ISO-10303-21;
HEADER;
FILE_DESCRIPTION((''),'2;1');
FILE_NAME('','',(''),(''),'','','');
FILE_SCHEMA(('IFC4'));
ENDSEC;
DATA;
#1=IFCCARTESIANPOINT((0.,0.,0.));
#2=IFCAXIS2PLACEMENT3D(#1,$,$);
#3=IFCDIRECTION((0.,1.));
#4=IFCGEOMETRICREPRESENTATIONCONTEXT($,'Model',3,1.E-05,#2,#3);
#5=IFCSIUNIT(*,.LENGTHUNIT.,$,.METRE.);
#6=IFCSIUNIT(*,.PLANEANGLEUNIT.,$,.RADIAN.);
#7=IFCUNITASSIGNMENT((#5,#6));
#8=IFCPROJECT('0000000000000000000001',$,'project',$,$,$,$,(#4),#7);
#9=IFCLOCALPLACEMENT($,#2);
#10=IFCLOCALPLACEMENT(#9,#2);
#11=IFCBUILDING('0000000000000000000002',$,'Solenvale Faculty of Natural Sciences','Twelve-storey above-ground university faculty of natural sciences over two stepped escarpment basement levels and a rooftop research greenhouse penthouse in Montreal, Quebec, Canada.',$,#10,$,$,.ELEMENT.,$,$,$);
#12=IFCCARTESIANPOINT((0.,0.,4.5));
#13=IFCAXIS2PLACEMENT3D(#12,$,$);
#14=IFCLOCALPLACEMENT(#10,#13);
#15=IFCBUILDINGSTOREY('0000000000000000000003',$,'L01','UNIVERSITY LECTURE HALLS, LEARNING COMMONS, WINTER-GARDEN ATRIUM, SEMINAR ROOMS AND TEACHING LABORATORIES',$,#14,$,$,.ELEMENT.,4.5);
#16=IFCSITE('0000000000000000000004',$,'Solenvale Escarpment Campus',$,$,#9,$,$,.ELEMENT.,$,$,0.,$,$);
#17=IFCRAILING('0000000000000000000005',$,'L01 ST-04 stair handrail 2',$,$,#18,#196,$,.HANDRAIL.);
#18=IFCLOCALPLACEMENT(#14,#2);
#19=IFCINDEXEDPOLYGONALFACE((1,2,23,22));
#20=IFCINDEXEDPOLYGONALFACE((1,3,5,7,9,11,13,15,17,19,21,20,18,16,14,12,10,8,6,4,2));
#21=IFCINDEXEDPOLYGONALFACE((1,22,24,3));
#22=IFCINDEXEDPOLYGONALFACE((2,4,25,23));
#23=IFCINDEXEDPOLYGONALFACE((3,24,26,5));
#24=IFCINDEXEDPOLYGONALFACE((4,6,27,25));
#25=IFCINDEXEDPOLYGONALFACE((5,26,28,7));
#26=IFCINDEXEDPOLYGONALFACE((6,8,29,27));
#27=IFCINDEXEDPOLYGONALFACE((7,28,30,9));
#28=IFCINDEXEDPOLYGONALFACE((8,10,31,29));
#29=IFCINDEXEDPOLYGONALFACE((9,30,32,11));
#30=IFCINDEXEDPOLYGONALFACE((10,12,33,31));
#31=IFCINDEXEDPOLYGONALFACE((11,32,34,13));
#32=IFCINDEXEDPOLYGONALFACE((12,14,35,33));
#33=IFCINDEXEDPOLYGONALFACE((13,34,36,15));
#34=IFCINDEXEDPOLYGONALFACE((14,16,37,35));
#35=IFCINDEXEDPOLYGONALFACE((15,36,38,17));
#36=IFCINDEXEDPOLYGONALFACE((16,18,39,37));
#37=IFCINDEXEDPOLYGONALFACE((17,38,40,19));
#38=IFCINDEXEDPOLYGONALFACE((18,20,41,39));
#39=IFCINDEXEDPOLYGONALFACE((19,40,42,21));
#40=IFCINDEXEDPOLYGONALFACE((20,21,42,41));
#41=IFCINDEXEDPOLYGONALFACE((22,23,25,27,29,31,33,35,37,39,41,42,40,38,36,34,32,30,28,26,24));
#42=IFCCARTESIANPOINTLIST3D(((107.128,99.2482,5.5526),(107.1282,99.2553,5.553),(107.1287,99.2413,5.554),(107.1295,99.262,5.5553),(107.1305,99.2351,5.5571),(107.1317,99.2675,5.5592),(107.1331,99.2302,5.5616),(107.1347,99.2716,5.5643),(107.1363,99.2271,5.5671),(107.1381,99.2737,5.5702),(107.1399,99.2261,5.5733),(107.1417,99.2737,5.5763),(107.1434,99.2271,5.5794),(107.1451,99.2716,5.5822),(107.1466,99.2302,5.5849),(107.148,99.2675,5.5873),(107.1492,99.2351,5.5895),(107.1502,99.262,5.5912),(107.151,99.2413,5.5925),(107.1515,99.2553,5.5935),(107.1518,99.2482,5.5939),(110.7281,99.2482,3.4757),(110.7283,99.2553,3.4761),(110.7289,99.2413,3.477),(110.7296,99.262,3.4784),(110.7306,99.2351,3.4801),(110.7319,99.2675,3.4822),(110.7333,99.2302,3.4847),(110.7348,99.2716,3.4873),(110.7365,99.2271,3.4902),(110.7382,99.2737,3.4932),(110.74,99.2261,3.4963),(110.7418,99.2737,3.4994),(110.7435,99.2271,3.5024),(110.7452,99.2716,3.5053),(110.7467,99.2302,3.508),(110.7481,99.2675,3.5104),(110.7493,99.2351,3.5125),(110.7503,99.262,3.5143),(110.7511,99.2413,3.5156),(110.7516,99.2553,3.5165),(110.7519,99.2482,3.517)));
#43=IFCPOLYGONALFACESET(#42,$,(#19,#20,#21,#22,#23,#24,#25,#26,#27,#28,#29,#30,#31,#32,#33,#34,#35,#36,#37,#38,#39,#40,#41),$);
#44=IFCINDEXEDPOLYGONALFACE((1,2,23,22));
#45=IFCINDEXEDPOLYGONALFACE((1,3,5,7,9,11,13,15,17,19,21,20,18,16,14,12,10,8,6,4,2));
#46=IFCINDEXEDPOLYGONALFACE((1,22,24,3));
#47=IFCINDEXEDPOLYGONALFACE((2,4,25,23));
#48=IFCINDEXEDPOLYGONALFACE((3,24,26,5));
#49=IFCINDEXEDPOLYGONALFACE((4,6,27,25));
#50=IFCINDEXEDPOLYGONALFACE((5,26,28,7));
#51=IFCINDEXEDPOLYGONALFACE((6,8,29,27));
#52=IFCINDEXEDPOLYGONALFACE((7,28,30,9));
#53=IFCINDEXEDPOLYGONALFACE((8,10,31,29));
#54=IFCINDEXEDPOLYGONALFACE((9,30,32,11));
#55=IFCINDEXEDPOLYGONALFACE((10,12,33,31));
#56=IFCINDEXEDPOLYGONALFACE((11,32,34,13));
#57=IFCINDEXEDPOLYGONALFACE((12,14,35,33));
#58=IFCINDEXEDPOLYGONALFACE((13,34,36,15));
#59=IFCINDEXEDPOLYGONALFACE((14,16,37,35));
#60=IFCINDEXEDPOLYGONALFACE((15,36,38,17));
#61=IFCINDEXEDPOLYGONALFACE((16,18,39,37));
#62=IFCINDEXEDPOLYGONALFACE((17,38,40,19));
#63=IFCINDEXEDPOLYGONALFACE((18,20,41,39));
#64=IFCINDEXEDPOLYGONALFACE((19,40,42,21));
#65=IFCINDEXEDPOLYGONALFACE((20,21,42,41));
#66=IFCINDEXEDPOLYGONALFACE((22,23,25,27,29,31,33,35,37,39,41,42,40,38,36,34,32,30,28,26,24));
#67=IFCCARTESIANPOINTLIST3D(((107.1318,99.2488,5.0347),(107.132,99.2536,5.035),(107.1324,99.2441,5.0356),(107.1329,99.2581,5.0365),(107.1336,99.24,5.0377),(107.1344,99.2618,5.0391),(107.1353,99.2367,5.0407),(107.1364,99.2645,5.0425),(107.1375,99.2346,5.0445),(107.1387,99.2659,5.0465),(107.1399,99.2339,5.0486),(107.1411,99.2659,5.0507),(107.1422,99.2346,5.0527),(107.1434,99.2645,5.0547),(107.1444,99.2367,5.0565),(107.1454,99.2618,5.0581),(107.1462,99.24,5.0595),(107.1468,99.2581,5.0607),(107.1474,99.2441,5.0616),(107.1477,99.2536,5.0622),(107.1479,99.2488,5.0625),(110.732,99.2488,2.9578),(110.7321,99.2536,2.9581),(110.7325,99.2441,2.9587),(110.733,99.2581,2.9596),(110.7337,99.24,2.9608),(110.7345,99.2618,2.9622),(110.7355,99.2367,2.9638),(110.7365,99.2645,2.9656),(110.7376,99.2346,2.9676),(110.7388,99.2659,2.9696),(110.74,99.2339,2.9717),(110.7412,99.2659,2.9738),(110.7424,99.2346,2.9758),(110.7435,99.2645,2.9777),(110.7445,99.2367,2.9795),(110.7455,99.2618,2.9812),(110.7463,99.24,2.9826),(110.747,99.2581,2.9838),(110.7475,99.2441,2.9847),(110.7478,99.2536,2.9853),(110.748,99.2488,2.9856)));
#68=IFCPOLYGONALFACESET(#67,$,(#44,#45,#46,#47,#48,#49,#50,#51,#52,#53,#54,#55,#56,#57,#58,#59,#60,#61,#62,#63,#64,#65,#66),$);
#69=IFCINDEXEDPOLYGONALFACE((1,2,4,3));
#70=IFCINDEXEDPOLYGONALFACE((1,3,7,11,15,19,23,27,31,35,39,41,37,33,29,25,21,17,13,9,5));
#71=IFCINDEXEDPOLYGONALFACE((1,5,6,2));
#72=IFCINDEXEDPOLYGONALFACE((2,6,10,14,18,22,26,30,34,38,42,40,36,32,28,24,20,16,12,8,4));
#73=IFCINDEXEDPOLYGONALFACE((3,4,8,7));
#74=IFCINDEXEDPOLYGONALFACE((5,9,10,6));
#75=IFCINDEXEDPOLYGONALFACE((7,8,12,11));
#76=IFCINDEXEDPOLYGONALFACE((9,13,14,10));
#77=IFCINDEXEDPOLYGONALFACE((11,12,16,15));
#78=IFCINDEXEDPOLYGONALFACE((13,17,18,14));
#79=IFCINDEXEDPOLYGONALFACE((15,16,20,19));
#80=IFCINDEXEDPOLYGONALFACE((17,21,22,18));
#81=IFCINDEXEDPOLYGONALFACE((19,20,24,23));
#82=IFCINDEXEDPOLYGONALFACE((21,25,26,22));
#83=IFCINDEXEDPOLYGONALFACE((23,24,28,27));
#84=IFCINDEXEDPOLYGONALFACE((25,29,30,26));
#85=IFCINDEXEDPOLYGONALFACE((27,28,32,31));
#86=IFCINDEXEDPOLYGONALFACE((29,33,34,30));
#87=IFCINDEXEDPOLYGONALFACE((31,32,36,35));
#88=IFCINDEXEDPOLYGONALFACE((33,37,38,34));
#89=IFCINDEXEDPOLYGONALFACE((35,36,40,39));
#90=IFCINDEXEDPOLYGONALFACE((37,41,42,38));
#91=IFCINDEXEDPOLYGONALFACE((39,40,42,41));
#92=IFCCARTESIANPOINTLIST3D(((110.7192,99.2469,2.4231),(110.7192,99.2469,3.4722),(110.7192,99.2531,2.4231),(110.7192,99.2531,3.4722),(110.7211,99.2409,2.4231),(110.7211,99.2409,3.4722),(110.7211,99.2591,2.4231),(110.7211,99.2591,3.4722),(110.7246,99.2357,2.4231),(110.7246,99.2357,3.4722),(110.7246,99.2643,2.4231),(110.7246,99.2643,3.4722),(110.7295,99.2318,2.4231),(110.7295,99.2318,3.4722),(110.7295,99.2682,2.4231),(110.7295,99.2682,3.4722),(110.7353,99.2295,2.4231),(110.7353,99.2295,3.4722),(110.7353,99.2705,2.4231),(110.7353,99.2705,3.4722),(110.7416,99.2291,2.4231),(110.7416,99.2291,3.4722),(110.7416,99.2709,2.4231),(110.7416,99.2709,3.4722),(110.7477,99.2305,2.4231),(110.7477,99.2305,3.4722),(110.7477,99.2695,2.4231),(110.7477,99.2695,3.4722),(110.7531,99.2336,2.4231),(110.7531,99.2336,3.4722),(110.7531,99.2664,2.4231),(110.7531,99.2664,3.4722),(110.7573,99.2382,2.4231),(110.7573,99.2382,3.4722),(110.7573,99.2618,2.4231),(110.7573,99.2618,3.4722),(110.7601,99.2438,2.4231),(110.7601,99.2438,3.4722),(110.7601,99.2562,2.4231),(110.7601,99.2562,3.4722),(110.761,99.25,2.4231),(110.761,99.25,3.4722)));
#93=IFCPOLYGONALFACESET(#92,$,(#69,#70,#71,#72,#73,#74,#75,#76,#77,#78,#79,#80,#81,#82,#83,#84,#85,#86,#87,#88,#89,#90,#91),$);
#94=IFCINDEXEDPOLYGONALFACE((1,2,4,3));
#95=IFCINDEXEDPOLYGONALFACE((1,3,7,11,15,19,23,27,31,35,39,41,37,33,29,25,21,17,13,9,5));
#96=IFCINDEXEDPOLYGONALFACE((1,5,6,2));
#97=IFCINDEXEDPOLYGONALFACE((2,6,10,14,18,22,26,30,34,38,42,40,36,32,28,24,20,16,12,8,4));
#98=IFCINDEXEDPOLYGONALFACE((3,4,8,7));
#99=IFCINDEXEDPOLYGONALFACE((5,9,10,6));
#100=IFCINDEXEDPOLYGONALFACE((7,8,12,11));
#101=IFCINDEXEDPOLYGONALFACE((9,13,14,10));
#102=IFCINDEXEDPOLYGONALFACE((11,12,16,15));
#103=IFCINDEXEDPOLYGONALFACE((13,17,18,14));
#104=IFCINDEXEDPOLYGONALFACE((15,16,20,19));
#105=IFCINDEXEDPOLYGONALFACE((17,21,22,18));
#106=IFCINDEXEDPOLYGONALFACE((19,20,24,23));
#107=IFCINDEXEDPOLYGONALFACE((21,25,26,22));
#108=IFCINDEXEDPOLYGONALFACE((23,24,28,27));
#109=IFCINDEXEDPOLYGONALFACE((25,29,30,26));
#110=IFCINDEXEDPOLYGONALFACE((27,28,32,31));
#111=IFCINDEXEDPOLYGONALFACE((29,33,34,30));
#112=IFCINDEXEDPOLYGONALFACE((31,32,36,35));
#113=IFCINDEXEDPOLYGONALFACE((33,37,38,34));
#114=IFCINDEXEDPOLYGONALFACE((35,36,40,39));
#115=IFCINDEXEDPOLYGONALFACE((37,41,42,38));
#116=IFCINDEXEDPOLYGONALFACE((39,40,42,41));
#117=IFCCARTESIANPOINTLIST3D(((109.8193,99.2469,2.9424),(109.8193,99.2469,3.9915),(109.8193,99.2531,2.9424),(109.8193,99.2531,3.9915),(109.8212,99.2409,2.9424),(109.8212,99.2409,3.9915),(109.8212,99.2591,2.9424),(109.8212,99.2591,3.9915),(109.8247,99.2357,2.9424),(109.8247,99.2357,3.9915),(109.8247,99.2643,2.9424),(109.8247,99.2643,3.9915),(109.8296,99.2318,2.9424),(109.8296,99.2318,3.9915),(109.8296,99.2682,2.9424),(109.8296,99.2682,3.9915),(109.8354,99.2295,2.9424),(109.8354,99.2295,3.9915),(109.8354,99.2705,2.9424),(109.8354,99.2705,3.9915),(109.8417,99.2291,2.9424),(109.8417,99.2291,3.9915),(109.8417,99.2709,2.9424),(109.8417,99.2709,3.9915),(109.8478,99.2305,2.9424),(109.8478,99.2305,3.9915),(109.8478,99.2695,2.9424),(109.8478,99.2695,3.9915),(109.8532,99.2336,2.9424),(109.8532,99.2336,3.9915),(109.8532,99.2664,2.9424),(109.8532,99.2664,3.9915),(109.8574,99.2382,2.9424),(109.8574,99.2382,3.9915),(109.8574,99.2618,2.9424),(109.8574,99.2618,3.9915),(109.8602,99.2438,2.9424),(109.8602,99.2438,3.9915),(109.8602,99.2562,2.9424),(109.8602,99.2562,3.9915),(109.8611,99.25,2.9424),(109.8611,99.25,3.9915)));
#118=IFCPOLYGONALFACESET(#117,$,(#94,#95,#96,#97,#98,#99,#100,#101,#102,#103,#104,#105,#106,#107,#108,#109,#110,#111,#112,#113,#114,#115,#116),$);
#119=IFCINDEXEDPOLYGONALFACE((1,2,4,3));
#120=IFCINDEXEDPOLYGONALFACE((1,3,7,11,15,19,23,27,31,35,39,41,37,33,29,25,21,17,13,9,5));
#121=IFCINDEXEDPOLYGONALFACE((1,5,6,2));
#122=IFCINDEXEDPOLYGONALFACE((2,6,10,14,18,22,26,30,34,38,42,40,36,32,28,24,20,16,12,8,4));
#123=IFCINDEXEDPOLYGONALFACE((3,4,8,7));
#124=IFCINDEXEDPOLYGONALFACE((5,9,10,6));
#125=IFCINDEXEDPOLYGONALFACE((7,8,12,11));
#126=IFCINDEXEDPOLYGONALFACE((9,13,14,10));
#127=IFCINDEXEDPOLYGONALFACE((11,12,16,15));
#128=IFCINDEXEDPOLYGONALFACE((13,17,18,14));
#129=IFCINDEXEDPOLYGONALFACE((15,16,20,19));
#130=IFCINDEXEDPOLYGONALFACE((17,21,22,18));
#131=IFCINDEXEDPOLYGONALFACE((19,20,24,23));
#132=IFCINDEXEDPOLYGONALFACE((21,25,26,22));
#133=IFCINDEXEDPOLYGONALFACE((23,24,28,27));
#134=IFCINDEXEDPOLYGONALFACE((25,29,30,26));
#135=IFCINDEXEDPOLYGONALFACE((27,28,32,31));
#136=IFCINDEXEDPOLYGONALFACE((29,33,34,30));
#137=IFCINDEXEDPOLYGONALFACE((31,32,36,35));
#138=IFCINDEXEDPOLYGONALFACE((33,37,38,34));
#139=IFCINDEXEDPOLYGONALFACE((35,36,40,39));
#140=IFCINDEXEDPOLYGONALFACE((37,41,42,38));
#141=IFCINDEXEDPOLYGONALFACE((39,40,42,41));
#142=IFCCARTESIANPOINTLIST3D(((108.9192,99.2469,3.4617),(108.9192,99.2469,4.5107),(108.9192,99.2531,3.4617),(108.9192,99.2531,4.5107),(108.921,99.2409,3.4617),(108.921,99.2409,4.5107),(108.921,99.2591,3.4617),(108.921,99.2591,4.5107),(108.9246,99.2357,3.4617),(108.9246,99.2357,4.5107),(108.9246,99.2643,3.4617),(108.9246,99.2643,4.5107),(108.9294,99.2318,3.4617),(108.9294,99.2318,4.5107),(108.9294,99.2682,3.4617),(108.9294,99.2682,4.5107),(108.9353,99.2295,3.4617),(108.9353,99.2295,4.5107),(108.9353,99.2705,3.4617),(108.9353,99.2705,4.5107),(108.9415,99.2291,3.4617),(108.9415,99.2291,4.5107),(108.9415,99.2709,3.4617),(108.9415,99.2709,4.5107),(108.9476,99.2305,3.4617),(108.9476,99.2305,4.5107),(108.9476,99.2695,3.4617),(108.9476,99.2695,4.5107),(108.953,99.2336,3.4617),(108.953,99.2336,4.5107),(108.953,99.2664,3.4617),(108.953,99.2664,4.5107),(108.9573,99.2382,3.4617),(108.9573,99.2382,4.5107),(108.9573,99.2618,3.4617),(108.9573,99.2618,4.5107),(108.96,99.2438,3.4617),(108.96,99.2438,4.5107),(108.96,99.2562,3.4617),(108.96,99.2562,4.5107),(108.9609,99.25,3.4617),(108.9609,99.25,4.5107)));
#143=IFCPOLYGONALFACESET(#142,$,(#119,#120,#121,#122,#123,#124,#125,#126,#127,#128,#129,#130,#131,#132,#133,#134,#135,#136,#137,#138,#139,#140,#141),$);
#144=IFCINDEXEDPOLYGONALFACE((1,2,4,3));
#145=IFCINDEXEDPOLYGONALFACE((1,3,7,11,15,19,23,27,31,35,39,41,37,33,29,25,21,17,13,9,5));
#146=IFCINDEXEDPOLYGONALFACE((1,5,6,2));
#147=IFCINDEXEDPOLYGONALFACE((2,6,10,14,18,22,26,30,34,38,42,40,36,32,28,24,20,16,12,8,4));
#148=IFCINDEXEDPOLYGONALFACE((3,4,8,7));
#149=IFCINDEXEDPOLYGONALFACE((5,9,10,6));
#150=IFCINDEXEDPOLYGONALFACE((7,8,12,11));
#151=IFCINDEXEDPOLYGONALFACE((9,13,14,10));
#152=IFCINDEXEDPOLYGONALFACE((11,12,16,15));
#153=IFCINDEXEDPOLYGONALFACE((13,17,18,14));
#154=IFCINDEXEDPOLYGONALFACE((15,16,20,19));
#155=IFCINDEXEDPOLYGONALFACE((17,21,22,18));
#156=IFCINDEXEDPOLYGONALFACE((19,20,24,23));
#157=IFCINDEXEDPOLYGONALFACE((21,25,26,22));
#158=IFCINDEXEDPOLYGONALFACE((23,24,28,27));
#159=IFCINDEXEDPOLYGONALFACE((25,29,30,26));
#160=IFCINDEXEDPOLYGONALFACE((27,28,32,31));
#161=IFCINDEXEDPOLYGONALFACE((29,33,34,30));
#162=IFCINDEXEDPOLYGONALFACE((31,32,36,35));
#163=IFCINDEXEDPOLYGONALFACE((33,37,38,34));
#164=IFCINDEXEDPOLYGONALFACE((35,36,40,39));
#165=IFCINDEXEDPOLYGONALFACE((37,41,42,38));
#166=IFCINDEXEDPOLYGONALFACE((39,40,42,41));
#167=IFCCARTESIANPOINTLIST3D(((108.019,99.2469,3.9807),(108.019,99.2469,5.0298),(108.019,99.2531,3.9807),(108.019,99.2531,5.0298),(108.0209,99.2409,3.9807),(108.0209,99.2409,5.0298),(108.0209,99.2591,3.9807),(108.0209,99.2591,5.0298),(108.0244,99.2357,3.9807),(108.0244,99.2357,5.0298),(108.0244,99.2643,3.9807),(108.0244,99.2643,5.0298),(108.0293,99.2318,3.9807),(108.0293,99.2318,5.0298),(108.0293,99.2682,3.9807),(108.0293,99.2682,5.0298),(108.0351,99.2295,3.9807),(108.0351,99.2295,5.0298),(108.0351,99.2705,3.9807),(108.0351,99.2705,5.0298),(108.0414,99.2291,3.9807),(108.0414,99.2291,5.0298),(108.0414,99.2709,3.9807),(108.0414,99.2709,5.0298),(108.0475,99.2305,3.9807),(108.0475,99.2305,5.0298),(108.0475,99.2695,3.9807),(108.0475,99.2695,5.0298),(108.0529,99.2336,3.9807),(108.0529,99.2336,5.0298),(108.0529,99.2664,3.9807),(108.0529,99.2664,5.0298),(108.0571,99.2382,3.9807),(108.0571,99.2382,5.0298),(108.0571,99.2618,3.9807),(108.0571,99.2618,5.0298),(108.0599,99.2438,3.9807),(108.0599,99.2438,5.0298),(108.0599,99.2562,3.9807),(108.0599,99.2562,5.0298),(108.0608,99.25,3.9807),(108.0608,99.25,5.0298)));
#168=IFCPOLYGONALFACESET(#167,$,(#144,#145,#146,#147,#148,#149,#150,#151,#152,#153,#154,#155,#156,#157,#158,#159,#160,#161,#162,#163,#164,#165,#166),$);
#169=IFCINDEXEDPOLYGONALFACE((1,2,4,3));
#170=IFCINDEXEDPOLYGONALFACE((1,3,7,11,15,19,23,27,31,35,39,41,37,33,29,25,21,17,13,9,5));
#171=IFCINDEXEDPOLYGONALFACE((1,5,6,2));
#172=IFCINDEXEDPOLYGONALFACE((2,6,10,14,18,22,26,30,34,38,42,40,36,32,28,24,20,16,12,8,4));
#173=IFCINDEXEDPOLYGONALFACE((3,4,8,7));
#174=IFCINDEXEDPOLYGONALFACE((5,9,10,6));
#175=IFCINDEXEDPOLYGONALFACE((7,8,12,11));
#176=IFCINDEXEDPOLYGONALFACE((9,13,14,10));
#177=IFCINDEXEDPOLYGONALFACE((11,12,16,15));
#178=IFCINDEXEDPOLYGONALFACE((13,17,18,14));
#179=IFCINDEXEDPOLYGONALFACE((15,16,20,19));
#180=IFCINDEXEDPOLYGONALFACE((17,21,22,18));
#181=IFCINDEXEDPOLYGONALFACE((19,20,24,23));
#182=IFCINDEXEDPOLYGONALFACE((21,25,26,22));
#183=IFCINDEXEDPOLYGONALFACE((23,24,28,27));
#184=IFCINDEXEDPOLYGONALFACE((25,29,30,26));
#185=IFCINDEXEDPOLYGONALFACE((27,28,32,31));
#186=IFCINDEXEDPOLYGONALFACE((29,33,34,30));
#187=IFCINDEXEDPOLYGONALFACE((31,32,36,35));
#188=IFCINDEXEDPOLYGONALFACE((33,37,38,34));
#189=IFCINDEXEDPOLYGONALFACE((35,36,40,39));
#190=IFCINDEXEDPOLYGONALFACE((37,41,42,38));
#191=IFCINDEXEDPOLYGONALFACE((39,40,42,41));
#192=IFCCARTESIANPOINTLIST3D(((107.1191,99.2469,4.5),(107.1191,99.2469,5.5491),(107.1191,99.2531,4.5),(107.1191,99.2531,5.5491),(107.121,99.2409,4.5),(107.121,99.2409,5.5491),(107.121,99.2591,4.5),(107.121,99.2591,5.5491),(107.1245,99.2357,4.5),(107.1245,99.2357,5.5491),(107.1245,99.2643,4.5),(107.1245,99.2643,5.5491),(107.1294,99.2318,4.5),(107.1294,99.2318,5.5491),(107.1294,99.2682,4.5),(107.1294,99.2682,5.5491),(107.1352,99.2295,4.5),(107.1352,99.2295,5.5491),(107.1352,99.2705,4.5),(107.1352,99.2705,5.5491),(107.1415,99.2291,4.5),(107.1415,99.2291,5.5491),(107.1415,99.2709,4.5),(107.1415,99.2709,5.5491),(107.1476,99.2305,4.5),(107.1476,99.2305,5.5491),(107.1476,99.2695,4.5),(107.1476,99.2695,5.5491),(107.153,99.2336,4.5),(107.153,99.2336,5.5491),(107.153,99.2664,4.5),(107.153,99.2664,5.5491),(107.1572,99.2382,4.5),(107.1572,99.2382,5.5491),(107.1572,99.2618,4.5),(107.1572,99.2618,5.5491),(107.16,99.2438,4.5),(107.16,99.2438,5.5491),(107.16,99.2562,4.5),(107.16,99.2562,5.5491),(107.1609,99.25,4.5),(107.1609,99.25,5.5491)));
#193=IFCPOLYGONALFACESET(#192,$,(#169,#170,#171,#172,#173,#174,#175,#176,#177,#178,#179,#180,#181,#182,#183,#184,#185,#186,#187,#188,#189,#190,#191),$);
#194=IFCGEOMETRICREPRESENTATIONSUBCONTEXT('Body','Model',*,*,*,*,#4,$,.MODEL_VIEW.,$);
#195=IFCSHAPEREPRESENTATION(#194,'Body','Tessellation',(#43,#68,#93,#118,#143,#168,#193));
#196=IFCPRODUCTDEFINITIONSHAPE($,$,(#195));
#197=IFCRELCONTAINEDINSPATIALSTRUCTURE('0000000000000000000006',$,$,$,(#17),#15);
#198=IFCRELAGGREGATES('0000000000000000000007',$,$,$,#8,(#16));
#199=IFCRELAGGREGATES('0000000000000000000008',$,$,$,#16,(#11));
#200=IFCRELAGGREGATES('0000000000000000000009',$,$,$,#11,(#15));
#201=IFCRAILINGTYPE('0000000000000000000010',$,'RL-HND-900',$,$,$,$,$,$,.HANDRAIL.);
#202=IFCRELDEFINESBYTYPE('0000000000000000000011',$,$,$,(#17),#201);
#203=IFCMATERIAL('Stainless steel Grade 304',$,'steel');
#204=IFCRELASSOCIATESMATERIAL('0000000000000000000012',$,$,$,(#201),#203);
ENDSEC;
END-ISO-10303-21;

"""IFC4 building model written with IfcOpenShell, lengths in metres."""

from ifc_helpers import new_model, si_unit, direction, frame, origin, origin_2d, place, context, subcontext, project, spatial, circle, extrude, material, type_object, element, save


model = new_model("IFC4")

# Units and contexts
model_context = context("Model", 3, precision=1e-05, world=origin(), true_north=direction((0.0, 1.0)))
body_context = subcontext(model_context, "Body", "Model", "MODEL_VIEW")
ifc_project = project(units=[si_unit("LENGTHUNIT", "METRE"), si_unit("PLANEANGLEUNIT", "RADIAN")], contexts=[model_context])

# Site, building, storey
site_placement = place(None, origin())
site = spatial("IfcSite", under=ifc_project, at=site_placement, Name="Solenvale Escarpment Campus", CompositionType="ELEMENT", RefElevation=0.0)
building_placement = place(site_placement, origin())
building = spatial("IfcBuilding", under=site, at=building_placement, Name="Solenvale Faculty of Natural Sciences", Description="Twelve-storey above-ground university faculty of natural sciences over two stepped escarpment basement levels and a rooftop research greenhouse penthouse in Montreal, Quebec, Canada.", CompositionType="ELEMENT")
storey_placement = place(building_placement, frame((0.0, 0.0, 4.5)))
storey = spatial("IfcBuildingStorey", under=building, at=storey_placement, Name="L01", Description="UNIVERSITY LECTURE HALLS, LEARNING COMMONS, WINTER-GARDEN ATRIUM, SEMINAR ROOMS AND TEACHING LABORATORIES", CompositionType="ELEMENT", Elevation=4.5)

# Railing
ifc_material_1 = material(Name="Stainless steel Grade 304", Category="steel")
railing_type_1 = type_object("IfcRailingType", Name="RL-HND-900", PredefinedType="HANDRAIL", material=ifc_material_1)
railing_1_placement = place(storey_placement, frame((110.74, 99.25, 2.4231)))
element("IfcRailing", 1, at=railing_1_placement, inside=storey, type_object=railing_type_1, Name="L01 ST-04 stair handrail 2", PredefinedType="HANDRAIL", context=body_context, shape_type="SweptSolid", body=[
    extrude(circle(Radius=0.0239, at=origin_2d()), frame((0.0, 0.0, 1.0732), z_axis=(-0.866193, 0.0, 0.499709), x_axis=(0.0, -1.0, 0.0)), (0.0, 0.0, 1.0), 4.1562),
    extrude(circle(Radius=0.0161, at=origin_2d()), frame((0.0, 0.0, 0.5486), z_axis=(-0.866193, 0.0, 0.499709), x_axis=(0.0, -1.0, 0.0)), (0.0, 0.0, 1.0), 4.1562),
    extrude(circle(Radius=0.021, at=origin_2d()), origin(), (0.0, 0.0, 1.0), 1.0491),
    extrude(circle(Radius=0.021, at=origin_2d()), frame((-0.8999, 0.0, 0.5193)), (0.0, 0.0, 1.0), 1.0491),
    extrude(circle(Radius=0.021, at=origin_2d()), frame((-1.8, 0.0, 1.0386)), (0.0, 0.0, 1.0), 1.0491),
    extrude(circle(Radius=0.021, at=origin_2d()), frame((-2.7002, 0.0, 1.5576)), (0.0, 0.0, 1.0), 1.0491),
    extrude(circle(Radius=0.021, at=origin_2d()), frame((-3.6001, 0.0, 2.0769)), (0.0, 0.0, 1.0), 1.0491),
])

save(model, "model.ifc")
